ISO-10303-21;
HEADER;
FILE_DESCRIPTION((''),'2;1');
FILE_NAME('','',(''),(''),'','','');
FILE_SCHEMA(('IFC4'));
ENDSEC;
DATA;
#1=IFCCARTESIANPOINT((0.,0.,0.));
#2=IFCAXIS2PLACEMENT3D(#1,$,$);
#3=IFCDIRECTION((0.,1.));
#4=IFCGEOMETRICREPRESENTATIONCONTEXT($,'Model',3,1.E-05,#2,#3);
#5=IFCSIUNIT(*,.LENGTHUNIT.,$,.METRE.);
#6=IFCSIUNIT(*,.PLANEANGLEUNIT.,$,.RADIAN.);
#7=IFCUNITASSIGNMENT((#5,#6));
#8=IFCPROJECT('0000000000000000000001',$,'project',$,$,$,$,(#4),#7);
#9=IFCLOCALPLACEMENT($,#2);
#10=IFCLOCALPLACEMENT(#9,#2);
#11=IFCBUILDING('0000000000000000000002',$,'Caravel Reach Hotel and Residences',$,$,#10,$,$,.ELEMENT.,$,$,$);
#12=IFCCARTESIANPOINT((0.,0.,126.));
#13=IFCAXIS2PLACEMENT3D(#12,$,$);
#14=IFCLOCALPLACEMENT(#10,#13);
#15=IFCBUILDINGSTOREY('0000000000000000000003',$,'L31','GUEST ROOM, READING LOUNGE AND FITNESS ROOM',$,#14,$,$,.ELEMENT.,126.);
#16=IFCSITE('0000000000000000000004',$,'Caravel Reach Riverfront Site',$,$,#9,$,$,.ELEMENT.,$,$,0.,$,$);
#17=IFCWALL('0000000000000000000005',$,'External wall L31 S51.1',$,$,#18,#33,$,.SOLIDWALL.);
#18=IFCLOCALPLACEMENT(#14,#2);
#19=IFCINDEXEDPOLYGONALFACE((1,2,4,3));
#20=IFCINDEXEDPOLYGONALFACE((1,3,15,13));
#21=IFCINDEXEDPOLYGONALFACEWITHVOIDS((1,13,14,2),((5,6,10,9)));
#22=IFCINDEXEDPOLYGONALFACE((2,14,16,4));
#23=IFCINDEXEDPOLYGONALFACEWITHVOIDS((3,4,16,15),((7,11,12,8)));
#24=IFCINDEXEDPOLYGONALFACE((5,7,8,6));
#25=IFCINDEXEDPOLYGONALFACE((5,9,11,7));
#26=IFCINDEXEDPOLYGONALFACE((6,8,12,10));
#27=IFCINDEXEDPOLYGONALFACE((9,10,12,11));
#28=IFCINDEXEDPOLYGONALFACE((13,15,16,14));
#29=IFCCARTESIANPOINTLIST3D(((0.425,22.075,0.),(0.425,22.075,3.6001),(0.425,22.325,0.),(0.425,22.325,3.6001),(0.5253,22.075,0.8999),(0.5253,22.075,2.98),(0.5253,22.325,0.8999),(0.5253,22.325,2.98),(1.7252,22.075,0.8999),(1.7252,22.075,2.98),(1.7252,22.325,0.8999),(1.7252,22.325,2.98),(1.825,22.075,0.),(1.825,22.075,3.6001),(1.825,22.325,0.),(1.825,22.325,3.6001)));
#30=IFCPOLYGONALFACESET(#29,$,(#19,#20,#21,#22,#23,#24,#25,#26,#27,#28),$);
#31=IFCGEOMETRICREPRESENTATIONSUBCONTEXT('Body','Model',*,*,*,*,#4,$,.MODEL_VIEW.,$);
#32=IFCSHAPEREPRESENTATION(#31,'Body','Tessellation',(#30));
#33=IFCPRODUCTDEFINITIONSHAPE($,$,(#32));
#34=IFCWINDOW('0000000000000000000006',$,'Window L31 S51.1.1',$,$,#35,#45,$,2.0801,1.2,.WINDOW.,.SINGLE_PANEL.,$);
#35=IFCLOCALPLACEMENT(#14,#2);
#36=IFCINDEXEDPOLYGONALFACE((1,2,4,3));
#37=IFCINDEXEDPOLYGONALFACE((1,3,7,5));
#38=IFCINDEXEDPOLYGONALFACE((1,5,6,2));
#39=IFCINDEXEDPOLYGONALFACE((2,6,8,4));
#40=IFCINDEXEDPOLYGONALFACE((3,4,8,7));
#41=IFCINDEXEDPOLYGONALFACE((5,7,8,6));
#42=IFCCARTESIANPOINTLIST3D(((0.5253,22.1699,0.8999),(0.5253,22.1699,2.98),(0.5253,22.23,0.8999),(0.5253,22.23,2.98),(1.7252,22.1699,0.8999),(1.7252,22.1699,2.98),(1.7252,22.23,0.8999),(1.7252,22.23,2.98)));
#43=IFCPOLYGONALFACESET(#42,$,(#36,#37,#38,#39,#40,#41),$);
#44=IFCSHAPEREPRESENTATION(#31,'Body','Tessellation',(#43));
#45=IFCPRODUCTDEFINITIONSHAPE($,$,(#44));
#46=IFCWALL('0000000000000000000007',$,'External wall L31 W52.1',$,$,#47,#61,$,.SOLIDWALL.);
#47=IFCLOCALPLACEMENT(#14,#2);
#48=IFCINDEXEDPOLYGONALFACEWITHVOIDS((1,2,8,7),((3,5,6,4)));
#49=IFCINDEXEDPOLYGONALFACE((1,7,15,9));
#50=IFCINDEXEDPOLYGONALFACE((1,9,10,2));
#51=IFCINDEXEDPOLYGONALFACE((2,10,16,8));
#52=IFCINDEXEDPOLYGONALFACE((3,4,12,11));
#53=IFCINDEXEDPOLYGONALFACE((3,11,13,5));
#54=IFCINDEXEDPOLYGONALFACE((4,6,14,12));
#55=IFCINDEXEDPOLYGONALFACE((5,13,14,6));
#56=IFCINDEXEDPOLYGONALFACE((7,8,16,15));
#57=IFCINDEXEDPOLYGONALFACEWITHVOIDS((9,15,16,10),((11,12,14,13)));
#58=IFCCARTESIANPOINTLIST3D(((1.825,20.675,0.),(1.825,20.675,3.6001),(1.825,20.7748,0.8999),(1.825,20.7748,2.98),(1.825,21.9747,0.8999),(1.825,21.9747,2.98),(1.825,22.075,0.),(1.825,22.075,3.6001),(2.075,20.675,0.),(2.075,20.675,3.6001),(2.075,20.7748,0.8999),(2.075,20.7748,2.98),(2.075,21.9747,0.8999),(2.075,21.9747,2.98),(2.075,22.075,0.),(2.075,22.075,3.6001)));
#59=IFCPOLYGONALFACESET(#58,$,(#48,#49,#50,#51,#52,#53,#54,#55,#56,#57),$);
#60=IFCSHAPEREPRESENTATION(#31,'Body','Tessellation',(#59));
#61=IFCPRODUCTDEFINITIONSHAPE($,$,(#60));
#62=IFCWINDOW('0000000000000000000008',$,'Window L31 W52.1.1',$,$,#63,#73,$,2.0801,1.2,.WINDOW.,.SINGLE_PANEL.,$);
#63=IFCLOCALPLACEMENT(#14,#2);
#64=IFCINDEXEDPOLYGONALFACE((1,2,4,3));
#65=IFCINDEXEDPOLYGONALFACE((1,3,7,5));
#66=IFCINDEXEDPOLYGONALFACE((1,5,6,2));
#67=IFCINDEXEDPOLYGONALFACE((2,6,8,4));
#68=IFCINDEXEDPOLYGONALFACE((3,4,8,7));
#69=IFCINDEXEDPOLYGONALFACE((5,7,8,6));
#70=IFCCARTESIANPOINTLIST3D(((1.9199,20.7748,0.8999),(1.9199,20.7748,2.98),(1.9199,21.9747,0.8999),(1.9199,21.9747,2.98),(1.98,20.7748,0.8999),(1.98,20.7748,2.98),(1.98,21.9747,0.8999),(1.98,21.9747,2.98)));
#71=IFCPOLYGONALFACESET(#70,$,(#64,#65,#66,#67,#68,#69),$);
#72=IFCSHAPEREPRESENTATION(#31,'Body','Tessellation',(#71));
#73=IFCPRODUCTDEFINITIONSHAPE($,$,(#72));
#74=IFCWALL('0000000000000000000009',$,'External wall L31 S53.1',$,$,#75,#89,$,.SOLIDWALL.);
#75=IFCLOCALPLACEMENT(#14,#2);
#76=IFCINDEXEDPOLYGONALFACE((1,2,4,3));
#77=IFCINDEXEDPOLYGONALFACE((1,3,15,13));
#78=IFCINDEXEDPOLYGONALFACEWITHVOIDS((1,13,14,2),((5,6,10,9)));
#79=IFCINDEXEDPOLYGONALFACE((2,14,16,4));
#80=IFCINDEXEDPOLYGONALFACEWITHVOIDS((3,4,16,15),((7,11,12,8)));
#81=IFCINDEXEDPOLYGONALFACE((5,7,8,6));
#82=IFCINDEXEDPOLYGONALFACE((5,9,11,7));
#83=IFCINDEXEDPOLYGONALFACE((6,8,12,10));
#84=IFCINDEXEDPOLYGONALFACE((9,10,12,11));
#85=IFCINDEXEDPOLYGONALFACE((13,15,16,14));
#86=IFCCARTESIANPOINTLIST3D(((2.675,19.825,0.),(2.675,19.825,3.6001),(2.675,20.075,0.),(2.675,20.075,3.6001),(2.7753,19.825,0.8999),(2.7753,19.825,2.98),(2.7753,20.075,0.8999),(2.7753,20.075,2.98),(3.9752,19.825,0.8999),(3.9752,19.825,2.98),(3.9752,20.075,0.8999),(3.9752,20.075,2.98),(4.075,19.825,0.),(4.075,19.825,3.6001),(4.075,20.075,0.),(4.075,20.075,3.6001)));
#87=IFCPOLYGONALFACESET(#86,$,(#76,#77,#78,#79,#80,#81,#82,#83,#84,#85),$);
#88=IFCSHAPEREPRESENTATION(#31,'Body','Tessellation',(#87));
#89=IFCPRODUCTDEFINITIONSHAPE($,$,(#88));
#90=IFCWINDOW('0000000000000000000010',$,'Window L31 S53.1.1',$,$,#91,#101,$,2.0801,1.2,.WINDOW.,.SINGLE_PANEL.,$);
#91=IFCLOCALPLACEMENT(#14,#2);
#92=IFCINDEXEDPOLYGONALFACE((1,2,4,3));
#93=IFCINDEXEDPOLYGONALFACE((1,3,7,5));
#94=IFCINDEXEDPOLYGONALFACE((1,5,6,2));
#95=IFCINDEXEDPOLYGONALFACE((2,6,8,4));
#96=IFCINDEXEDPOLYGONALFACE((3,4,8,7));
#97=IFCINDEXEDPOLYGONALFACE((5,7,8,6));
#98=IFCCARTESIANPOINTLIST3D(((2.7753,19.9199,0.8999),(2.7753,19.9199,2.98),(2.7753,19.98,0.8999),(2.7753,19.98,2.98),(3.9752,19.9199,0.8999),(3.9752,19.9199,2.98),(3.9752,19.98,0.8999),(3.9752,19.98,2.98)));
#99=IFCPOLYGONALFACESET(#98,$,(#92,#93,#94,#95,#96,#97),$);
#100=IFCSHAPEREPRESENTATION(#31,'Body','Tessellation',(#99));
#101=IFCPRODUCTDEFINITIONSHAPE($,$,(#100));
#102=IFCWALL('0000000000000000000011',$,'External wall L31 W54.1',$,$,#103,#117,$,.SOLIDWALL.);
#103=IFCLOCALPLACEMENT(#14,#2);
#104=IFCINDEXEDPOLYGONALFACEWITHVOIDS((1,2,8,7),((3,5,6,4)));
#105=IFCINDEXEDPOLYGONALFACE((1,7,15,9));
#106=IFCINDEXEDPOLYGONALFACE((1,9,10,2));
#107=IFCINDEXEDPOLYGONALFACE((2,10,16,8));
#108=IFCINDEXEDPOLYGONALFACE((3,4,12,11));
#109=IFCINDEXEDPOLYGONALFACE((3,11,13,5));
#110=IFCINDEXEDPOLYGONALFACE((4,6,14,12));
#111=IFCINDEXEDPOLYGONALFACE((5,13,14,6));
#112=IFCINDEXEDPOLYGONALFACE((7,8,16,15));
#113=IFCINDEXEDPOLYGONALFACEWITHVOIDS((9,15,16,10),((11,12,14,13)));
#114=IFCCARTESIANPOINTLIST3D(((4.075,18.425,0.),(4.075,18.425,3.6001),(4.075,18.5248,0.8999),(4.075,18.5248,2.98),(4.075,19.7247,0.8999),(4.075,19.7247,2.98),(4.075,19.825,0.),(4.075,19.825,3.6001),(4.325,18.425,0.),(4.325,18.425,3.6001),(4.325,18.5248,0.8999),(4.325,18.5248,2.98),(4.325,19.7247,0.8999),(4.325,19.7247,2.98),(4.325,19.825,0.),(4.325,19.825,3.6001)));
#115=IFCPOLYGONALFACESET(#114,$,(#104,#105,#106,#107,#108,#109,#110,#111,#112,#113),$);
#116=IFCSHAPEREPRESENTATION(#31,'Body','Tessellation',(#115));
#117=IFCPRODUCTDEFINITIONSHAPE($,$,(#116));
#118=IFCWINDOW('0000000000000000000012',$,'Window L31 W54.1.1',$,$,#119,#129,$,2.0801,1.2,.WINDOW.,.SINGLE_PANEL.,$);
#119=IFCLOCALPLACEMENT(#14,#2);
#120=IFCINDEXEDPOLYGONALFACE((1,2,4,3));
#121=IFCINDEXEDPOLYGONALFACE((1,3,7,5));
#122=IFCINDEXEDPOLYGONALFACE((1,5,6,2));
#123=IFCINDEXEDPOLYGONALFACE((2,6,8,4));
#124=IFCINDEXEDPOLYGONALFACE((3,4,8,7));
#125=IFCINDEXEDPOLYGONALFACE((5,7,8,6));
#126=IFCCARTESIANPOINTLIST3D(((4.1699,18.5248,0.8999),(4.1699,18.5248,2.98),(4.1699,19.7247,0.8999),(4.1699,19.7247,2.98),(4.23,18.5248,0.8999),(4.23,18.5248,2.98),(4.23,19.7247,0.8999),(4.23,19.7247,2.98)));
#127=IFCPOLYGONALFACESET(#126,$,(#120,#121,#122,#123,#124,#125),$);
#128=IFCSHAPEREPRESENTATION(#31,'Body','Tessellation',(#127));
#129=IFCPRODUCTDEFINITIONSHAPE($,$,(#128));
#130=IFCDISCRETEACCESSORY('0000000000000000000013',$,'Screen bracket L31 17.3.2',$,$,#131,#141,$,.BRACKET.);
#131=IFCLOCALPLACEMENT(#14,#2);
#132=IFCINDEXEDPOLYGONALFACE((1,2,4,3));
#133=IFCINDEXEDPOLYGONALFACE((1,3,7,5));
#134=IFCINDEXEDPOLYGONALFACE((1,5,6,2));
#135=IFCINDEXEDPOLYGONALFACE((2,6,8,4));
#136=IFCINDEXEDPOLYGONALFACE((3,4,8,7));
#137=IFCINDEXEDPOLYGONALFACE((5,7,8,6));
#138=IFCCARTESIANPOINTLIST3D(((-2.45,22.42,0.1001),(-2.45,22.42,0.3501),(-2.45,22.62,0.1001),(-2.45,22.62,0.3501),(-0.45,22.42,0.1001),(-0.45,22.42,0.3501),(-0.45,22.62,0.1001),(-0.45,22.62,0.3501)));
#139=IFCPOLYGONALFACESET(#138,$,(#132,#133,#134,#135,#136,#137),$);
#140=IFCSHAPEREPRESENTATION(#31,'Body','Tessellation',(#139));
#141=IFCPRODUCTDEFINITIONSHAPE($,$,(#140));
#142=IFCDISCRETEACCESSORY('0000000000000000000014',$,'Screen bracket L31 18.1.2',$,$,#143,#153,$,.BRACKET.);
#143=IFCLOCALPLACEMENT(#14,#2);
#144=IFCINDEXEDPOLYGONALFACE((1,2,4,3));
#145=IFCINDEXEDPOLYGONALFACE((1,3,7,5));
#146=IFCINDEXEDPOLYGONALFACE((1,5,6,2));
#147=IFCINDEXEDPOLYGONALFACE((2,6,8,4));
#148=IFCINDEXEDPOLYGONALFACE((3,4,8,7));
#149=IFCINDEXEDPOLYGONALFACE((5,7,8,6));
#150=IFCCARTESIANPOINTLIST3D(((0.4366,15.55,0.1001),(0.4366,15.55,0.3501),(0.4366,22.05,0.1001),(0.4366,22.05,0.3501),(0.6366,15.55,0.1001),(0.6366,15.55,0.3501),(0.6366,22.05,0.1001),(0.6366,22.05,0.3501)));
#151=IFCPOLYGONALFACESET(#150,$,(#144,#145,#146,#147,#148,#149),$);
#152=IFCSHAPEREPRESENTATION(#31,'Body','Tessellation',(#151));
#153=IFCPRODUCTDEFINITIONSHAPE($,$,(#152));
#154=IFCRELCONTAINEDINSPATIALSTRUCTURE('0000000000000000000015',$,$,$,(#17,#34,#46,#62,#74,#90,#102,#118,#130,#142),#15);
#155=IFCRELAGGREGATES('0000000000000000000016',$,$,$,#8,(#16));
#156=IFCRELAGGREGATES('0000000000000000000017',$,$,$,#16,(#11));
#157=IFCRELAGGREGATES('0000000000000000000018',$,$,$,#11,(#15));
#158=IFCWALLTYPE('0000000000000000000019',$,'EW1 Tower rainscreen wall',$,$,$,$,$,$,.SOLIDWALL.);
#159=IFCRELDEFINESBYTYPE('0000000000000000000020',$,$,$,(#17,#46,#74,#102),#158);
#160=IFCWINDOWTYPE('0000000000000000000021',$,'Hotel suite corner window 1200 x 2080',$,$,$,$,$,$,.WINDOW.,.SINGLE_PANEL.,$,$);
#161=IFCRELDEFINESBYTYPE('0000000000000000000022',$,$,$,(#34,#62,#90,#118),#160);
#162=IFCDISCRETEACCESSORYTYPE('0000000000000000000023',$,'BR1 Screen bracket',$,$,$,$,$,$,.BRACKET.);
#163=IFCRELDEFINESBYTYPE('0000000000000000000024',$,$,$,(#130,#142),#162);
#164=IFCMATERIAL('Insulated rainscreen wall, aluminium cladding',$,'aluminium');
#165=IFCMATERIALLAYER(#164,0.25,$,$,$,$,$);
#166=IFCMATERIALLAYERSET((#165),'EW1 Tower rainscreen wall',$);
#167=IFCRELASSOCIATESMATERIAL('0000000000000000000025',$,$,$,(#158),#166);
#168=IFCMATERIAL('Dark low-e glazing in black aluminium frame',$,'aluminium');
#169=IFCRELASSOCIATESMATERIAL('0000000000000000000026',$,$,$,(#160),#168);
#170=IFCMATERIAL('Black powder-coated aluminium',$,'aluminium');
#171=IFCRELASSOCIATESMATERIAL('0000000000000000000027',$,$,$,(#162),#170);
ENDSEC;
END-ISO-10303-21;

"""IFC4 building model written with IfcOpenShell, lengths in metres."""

from ifc_helpers import new_model, si_unit, direction, frame, frame_2d, origin, origin_2d, place, context, subcontext, project, spatial, rectangle, extrude, material, layer, layer_set, type_object, element, fill, save


model = new_model("IFC4")

# Units and contexts
model_context = context("Model", 3, precision=1e-05, world=origin(), true_north=direction((0.0, 1.0)))
body_context = subcontext(model_context, "Body", "Model", "MODEL_VIEW")
ifc_project = project(units=[si_unit("LENGTHUNIT", "METRE"), si_unit("PLANEANGLEUNIT", "RADIAN")], contexts=[model_context])

# Site, building, storey
site_placement = place(None, origin())
site = spatial("IfcSite", under=ifc_project, at=site_placement, Name="Caravel Reach Riverfront Site", CompositionType="ELEMENT", RefElevation=0.0)
building_placement = place(site_placement, origin())
building = spatial("IfcBuilding", under=site, at=building_placement, Name="Caravel Reach Hotel and Residences", CompositionType="ELEMENT")
storey_placement = place(building_placement, frame((0.0, 0.0, 126.0)))
storey = spatial("IfcBuildingStorey", under=building, at=storey_placement, Name="L31", Description="GUEST ROOM, READING LOUNGE AND FITNESS ROOM", CompositionType="ELEMENT", Elevation=126.0)

# Walls, openings, windows
ifc_material_1 = material(Name="Insulated rainscreen wall, aluminium cladding", Category="aluminium")
ifc_layer = layer(ifc_material_1, 0.25)
ifc_layer_set = layer_set([ifc_layer], Name="EW1 Tower rainscreen wall")
wall_type = type_object("IfcWallType", Name="EW1 Tower rainscreen wall", PredefinedType="SOLIDWALL", material=ifc_layer_set)
wall_1_placement = place(storey_placement, frame((0.425, 22.2, 0.0), z_axis=(0.0, 0.0, 1.0), x_axis=(1.0, 0.0, 0.0)))
wall_1 = element("IfcWall", 1, at=wall_1_placement, inside=storey, type_object=wall_type, Name="External wall L31 S51.1", PredefinedType="SOLIDWALL", context=body_context, shape_type="SweptSolid", body=[
    extrude(rectangle(XDim=1.3999, YDim=0.25, at=frame_2d((0.7, 0.0))), origin(), (0.0, 0.0, 1.0), 3.6001),
])
opening_1_placement = place(wall_1_placement, frame((0.1001, 0.0, 0.8999)))
opening_1 = element("IfcOpeningElement", 2, at=opening_1_placement, cuts=wall_1, PredefinedType="OPENING", context=body_context, shape_type="SweptSolid", body=[
    extrude(rectangle(XDim=1.2, YDim=2.0801, at=frame_2d((0.6001, 1.04))), frame((0.0, 0.135, 0.0), z_axis=(0.0, -1.0, 0.0), x_axis=(1.0, 0.0, 0.0)), (0.0, 0.0, 1.0), 0.27),
])
ifc_material_2 = material(Name="Dark low-e glazing in black aluminium frame", Category="aluminium")
window_type = type_object("IfcWindowType", Name="Hotel suite corner window 1200 x 2080", PartitioningType="SINGLE_PANEL", PredefinedType="WINDOW", material=ifc_material_2)
window_1_placement = place(opening_1_placement, origin())
window_1 = element("IfcWindow", 3, at=window_1_placement, inside=storey, type_object=window_type, Name="Window L31 S51.1.1", OverallHeight=2.0801, OverallWidth=1.2, PartitioningType="SINGLE_PANEL", PredefinedType="WINDOW", context=body_context, shape_type="SweptSolid", body=[
    extrude(rectangle(XDim=1.2, YDim=2.0801, at=frame_2d((0.6001, 1.04))), frame((0.0, 0.03, 0.0), z_axis=(0.0, -1.0, 0.0), x_axis=(1.0, 0.0, 0.0)), (0.0, 0.0, 1.0), 0.0601),
])
fill(opening_1, window_1)
wall_2_placement = place(storey_placement, frame((1.95, 22.075, 0.0), z_axis=(0.0, 0.0, 1.0), x_axis=(0.0, -1.0, 0.0)))
wall_2 = element("IfcWall", 4, at=wall_2_placement, inside=storey, type_object=wall_type, Name="External wall L31 W52.1", PredefinedType="SOLIDWALL", context=body_context, shape_type="SweptSolid", body=[
    extrude(rectangle(XDim=1.3999, YDim=0.25, at=frame_2d((0.7, 0.0))), origin(), (0.0, 0.0, 1.0), 3.6001),
])
opening_2_placement = place(wall_2_placement, frame((0.1001, 0.0, 0.8999)))
opening_2 = element("IfcOpeningElement", 5, at=opening_2_placement, cuts=wall_2, PredefinedType="OPENING", context=body_context, shape_type="SweptSolid", body=[
    extrude(rectangle(XDim=1.2, YDim=2.0801, at=frame_2d((0.6001, 1.04))), frame((0.0, 0.135, 0.0), z_axis=(0.0, -1.0, 0.0), x_axis=(1.0, 0.0, 0.0)), (0.0, 0.0, 1.0), 0.27),
])
window_2_placement = place(opening_2_placement, origin())
window_2 = element("IfcWindow", 6, at=window_2_placement, inside=storey, type_object=window_type, Name="Window L31 W52.1.1", OverallHeight=2.0801, OverallWidth=1.2, PartitioningType="SINGLE_PANEL", PredefinedType="WINDOW", context=body_context, shape_type="SweptSolid", body=[
    extrude(rectangle(XDim=1.2, YDim=2.0801, at=frame_2d((0.6001, 1.04))), frame((0.0, 0.03, 0.0), z_axis=(0.0, -1.0, 0.0), x_axis=(1.0, 0.0, 0.0)), (0.0, 0.0, 1.0), 0.0601),
])
fill(opening_2, window_2)
wall_3_placement = place(storey_placement, frame((2.675, 19.95, 0.0), z_axis=(0.0, 0.0, 1.0), x_axis=(1.0, 0.0, 0.0)))
wall_3 = element("IfcWall", 7, at=wall_3_placement, inside=storey, type_object=wall_type, Name="External wall L31 S53.1", PredefinedType="SOLIDWALL", context=body_context, shape_type="SweptSolid", body=[
    extrude(rectangle(XDim=1.3999, YDim=0.25, at=frame_2d((0.7, 0.0))), origin(), (0.0, 0.0, 1.0), 3.6001),
])
opening_3_placement = place(wall_3_placement, frame((0.1001, 0.0, 0.8999)))
opening_3 = element("IfcOpeningElement", 8, at=opening_3_placement, cuts=wall_3, PredefinedType="OPENING", context=body_context, shape_type="SweptSolid", body=[
    extrude(rectangle(XDim=1.2, YDim=2.0801, at=frame_2d((0.6001, 1.04))), frame((0.0, 0.135, 0.0), z_axis=(0.0, -1.0, 0.0), x_axis=(1.0, 0.0, 0.0)), (0.0, 0.0, 1.0), 0.27),
])
window_3_placement = place(opening_3_placement, origin())
window_3 = element("IfcWindow", 9, at=window_3_placement, inside=storey, type_object=window_type, Name="Window L31 S53.1.1", OverallHeight=2.0801, OverallWidth=1.2, PartitioningType="SINGLE_PANEL", PredefinedType="WINDOW", context=body_context, shape_type="SweptSolid", body=[
    extrude(rectangle(XDim=1.2, YDim=2.0801, at=frame_2d((0.6001, 1.04))), frame((0.0, 0.03, 0.0), z_axis=(0.0, -1.0, 0.0), x_axis=(1.0, 0.0, 0.0)), (0.0, 0.0, 1.0), 0.0601),
])
fill(opening_3, window_3)
wall_4_placement = place(storey_placement, frame((4.2, 19.825, 0.0), z_axis=(0.0, 0.0, 1.0), x_axis=(0.0, -1.0, 0.0)))
wall_4 = element("IfcWall", 10, at=wall_4_placement, inside=storey, type_object=wall_type, Name="External wall L31 W54.1", PredefinedType="SOLIDWALL", context=body_context, shape_type="SweptSolid", body=[
    extrude(rectangle(XDim=1.3999, YDim=0.25, at=frame_2d((0.7, 0.0))), origin(), (0.0, 0.0, 1.0), 3.6001),
])
opening_4_placement = place(wall_4_placement, frame((0.1001, 0.0, 0.8999)))
opening_4 = element("IfcOpeningElement", 11, at=opening_4_placement, cuts=wall_4, PredefinedType="OPENING", context=body_context, shape_type="SweptSolid", body=[
    extrude(rectangle(XDim=1.2, YDim=2.0801, at=frame_2d((0.6001, 1.04))), frame((0.0, 0.135, 0.0), z_axis=(0.0, -1.0, 0.0), x_axis=(1.0, 0.0, 0.0)), (0.0, 0.0, 1.0), 0.27),
])
window_4_placement = place(opening_4_placement, origin())
window_4 = element("IfcWindow", 12, at=window_4_placement, inside=storey, type_object=window_type, Name="Window L31 W54.1.1", OverallHeight=2.0801, OverallWidth=1.2, PartitioningType="SINGLE_PANEL", PredefinedType="WINDOW", context=body_context, shape_type="SweptSolid", body=[
    extrude(rectangle(XDim=1.2, YDim=2.0801, at=frame_2d((0.6001, 1.04))), frame((0.0, 0.03, 0.0), z_axis=(0.0, -1.0, 0.0), x_axis=(1.0, 0.0, 0.0)), (0.0, 0.0, 1.0), 0.0601),
])
fill(opening_4, window_4)

# Discrete accessories
ifc_material_3 = material(Name="Black powder-coated aluminium", Category="aluminium")
discrete_accessory_type = type_object("IfcDiscreteAccessoryType", Name="BR1 Screen bracket", PredefinedType="BRACKET", material=ifc_material_3)
discrete_accessory_1_placement = place(storey_placement, frame((-1.45, 22.52, 0.1001), z_axis=(0.0, 0.0, 1.0), x_axis=(-1.0, 0.0, 0.0)))
element("IfcDiscreteAccessory", 13, at=discrete_accessory_1_placement, inside=storey, type_object=discrete_accessory_type, Name="Screen bracket L31 17.3.2", PredefinedType="BRACKET", context=body_context, shape_type="SweptSolid", body=[
    extrude(rectangle(XDim=2.0, YDim=0.2, at=origin_2d()), origin(), (0.0, 0.0, 1.0), 0.25),
])
discrete_accessory_2_placement = place(storey_placement, frame((0.5366, 18.8, 0.1001), z_axis=(0.0, 0.0, 1.0), x_axis=(0.0, -1.0, 0.0)))
element("IfcDiscreteAccessory", 14, at=discrete_accessory_2_placement, inside=storey, type_object=discrete_accessory_type, Name="Screen bracket L31 18.1.2", PredefinedType="BRACKET", context=body_context, shape_type="SweptSolid", body=[
    extrude(rectangle(XDim=6.5, YDim=0.2, at=origin_2d()), origin(), (0.0, 0.0, 1.0), 0.25),
])

save(model, "model.ifc")
